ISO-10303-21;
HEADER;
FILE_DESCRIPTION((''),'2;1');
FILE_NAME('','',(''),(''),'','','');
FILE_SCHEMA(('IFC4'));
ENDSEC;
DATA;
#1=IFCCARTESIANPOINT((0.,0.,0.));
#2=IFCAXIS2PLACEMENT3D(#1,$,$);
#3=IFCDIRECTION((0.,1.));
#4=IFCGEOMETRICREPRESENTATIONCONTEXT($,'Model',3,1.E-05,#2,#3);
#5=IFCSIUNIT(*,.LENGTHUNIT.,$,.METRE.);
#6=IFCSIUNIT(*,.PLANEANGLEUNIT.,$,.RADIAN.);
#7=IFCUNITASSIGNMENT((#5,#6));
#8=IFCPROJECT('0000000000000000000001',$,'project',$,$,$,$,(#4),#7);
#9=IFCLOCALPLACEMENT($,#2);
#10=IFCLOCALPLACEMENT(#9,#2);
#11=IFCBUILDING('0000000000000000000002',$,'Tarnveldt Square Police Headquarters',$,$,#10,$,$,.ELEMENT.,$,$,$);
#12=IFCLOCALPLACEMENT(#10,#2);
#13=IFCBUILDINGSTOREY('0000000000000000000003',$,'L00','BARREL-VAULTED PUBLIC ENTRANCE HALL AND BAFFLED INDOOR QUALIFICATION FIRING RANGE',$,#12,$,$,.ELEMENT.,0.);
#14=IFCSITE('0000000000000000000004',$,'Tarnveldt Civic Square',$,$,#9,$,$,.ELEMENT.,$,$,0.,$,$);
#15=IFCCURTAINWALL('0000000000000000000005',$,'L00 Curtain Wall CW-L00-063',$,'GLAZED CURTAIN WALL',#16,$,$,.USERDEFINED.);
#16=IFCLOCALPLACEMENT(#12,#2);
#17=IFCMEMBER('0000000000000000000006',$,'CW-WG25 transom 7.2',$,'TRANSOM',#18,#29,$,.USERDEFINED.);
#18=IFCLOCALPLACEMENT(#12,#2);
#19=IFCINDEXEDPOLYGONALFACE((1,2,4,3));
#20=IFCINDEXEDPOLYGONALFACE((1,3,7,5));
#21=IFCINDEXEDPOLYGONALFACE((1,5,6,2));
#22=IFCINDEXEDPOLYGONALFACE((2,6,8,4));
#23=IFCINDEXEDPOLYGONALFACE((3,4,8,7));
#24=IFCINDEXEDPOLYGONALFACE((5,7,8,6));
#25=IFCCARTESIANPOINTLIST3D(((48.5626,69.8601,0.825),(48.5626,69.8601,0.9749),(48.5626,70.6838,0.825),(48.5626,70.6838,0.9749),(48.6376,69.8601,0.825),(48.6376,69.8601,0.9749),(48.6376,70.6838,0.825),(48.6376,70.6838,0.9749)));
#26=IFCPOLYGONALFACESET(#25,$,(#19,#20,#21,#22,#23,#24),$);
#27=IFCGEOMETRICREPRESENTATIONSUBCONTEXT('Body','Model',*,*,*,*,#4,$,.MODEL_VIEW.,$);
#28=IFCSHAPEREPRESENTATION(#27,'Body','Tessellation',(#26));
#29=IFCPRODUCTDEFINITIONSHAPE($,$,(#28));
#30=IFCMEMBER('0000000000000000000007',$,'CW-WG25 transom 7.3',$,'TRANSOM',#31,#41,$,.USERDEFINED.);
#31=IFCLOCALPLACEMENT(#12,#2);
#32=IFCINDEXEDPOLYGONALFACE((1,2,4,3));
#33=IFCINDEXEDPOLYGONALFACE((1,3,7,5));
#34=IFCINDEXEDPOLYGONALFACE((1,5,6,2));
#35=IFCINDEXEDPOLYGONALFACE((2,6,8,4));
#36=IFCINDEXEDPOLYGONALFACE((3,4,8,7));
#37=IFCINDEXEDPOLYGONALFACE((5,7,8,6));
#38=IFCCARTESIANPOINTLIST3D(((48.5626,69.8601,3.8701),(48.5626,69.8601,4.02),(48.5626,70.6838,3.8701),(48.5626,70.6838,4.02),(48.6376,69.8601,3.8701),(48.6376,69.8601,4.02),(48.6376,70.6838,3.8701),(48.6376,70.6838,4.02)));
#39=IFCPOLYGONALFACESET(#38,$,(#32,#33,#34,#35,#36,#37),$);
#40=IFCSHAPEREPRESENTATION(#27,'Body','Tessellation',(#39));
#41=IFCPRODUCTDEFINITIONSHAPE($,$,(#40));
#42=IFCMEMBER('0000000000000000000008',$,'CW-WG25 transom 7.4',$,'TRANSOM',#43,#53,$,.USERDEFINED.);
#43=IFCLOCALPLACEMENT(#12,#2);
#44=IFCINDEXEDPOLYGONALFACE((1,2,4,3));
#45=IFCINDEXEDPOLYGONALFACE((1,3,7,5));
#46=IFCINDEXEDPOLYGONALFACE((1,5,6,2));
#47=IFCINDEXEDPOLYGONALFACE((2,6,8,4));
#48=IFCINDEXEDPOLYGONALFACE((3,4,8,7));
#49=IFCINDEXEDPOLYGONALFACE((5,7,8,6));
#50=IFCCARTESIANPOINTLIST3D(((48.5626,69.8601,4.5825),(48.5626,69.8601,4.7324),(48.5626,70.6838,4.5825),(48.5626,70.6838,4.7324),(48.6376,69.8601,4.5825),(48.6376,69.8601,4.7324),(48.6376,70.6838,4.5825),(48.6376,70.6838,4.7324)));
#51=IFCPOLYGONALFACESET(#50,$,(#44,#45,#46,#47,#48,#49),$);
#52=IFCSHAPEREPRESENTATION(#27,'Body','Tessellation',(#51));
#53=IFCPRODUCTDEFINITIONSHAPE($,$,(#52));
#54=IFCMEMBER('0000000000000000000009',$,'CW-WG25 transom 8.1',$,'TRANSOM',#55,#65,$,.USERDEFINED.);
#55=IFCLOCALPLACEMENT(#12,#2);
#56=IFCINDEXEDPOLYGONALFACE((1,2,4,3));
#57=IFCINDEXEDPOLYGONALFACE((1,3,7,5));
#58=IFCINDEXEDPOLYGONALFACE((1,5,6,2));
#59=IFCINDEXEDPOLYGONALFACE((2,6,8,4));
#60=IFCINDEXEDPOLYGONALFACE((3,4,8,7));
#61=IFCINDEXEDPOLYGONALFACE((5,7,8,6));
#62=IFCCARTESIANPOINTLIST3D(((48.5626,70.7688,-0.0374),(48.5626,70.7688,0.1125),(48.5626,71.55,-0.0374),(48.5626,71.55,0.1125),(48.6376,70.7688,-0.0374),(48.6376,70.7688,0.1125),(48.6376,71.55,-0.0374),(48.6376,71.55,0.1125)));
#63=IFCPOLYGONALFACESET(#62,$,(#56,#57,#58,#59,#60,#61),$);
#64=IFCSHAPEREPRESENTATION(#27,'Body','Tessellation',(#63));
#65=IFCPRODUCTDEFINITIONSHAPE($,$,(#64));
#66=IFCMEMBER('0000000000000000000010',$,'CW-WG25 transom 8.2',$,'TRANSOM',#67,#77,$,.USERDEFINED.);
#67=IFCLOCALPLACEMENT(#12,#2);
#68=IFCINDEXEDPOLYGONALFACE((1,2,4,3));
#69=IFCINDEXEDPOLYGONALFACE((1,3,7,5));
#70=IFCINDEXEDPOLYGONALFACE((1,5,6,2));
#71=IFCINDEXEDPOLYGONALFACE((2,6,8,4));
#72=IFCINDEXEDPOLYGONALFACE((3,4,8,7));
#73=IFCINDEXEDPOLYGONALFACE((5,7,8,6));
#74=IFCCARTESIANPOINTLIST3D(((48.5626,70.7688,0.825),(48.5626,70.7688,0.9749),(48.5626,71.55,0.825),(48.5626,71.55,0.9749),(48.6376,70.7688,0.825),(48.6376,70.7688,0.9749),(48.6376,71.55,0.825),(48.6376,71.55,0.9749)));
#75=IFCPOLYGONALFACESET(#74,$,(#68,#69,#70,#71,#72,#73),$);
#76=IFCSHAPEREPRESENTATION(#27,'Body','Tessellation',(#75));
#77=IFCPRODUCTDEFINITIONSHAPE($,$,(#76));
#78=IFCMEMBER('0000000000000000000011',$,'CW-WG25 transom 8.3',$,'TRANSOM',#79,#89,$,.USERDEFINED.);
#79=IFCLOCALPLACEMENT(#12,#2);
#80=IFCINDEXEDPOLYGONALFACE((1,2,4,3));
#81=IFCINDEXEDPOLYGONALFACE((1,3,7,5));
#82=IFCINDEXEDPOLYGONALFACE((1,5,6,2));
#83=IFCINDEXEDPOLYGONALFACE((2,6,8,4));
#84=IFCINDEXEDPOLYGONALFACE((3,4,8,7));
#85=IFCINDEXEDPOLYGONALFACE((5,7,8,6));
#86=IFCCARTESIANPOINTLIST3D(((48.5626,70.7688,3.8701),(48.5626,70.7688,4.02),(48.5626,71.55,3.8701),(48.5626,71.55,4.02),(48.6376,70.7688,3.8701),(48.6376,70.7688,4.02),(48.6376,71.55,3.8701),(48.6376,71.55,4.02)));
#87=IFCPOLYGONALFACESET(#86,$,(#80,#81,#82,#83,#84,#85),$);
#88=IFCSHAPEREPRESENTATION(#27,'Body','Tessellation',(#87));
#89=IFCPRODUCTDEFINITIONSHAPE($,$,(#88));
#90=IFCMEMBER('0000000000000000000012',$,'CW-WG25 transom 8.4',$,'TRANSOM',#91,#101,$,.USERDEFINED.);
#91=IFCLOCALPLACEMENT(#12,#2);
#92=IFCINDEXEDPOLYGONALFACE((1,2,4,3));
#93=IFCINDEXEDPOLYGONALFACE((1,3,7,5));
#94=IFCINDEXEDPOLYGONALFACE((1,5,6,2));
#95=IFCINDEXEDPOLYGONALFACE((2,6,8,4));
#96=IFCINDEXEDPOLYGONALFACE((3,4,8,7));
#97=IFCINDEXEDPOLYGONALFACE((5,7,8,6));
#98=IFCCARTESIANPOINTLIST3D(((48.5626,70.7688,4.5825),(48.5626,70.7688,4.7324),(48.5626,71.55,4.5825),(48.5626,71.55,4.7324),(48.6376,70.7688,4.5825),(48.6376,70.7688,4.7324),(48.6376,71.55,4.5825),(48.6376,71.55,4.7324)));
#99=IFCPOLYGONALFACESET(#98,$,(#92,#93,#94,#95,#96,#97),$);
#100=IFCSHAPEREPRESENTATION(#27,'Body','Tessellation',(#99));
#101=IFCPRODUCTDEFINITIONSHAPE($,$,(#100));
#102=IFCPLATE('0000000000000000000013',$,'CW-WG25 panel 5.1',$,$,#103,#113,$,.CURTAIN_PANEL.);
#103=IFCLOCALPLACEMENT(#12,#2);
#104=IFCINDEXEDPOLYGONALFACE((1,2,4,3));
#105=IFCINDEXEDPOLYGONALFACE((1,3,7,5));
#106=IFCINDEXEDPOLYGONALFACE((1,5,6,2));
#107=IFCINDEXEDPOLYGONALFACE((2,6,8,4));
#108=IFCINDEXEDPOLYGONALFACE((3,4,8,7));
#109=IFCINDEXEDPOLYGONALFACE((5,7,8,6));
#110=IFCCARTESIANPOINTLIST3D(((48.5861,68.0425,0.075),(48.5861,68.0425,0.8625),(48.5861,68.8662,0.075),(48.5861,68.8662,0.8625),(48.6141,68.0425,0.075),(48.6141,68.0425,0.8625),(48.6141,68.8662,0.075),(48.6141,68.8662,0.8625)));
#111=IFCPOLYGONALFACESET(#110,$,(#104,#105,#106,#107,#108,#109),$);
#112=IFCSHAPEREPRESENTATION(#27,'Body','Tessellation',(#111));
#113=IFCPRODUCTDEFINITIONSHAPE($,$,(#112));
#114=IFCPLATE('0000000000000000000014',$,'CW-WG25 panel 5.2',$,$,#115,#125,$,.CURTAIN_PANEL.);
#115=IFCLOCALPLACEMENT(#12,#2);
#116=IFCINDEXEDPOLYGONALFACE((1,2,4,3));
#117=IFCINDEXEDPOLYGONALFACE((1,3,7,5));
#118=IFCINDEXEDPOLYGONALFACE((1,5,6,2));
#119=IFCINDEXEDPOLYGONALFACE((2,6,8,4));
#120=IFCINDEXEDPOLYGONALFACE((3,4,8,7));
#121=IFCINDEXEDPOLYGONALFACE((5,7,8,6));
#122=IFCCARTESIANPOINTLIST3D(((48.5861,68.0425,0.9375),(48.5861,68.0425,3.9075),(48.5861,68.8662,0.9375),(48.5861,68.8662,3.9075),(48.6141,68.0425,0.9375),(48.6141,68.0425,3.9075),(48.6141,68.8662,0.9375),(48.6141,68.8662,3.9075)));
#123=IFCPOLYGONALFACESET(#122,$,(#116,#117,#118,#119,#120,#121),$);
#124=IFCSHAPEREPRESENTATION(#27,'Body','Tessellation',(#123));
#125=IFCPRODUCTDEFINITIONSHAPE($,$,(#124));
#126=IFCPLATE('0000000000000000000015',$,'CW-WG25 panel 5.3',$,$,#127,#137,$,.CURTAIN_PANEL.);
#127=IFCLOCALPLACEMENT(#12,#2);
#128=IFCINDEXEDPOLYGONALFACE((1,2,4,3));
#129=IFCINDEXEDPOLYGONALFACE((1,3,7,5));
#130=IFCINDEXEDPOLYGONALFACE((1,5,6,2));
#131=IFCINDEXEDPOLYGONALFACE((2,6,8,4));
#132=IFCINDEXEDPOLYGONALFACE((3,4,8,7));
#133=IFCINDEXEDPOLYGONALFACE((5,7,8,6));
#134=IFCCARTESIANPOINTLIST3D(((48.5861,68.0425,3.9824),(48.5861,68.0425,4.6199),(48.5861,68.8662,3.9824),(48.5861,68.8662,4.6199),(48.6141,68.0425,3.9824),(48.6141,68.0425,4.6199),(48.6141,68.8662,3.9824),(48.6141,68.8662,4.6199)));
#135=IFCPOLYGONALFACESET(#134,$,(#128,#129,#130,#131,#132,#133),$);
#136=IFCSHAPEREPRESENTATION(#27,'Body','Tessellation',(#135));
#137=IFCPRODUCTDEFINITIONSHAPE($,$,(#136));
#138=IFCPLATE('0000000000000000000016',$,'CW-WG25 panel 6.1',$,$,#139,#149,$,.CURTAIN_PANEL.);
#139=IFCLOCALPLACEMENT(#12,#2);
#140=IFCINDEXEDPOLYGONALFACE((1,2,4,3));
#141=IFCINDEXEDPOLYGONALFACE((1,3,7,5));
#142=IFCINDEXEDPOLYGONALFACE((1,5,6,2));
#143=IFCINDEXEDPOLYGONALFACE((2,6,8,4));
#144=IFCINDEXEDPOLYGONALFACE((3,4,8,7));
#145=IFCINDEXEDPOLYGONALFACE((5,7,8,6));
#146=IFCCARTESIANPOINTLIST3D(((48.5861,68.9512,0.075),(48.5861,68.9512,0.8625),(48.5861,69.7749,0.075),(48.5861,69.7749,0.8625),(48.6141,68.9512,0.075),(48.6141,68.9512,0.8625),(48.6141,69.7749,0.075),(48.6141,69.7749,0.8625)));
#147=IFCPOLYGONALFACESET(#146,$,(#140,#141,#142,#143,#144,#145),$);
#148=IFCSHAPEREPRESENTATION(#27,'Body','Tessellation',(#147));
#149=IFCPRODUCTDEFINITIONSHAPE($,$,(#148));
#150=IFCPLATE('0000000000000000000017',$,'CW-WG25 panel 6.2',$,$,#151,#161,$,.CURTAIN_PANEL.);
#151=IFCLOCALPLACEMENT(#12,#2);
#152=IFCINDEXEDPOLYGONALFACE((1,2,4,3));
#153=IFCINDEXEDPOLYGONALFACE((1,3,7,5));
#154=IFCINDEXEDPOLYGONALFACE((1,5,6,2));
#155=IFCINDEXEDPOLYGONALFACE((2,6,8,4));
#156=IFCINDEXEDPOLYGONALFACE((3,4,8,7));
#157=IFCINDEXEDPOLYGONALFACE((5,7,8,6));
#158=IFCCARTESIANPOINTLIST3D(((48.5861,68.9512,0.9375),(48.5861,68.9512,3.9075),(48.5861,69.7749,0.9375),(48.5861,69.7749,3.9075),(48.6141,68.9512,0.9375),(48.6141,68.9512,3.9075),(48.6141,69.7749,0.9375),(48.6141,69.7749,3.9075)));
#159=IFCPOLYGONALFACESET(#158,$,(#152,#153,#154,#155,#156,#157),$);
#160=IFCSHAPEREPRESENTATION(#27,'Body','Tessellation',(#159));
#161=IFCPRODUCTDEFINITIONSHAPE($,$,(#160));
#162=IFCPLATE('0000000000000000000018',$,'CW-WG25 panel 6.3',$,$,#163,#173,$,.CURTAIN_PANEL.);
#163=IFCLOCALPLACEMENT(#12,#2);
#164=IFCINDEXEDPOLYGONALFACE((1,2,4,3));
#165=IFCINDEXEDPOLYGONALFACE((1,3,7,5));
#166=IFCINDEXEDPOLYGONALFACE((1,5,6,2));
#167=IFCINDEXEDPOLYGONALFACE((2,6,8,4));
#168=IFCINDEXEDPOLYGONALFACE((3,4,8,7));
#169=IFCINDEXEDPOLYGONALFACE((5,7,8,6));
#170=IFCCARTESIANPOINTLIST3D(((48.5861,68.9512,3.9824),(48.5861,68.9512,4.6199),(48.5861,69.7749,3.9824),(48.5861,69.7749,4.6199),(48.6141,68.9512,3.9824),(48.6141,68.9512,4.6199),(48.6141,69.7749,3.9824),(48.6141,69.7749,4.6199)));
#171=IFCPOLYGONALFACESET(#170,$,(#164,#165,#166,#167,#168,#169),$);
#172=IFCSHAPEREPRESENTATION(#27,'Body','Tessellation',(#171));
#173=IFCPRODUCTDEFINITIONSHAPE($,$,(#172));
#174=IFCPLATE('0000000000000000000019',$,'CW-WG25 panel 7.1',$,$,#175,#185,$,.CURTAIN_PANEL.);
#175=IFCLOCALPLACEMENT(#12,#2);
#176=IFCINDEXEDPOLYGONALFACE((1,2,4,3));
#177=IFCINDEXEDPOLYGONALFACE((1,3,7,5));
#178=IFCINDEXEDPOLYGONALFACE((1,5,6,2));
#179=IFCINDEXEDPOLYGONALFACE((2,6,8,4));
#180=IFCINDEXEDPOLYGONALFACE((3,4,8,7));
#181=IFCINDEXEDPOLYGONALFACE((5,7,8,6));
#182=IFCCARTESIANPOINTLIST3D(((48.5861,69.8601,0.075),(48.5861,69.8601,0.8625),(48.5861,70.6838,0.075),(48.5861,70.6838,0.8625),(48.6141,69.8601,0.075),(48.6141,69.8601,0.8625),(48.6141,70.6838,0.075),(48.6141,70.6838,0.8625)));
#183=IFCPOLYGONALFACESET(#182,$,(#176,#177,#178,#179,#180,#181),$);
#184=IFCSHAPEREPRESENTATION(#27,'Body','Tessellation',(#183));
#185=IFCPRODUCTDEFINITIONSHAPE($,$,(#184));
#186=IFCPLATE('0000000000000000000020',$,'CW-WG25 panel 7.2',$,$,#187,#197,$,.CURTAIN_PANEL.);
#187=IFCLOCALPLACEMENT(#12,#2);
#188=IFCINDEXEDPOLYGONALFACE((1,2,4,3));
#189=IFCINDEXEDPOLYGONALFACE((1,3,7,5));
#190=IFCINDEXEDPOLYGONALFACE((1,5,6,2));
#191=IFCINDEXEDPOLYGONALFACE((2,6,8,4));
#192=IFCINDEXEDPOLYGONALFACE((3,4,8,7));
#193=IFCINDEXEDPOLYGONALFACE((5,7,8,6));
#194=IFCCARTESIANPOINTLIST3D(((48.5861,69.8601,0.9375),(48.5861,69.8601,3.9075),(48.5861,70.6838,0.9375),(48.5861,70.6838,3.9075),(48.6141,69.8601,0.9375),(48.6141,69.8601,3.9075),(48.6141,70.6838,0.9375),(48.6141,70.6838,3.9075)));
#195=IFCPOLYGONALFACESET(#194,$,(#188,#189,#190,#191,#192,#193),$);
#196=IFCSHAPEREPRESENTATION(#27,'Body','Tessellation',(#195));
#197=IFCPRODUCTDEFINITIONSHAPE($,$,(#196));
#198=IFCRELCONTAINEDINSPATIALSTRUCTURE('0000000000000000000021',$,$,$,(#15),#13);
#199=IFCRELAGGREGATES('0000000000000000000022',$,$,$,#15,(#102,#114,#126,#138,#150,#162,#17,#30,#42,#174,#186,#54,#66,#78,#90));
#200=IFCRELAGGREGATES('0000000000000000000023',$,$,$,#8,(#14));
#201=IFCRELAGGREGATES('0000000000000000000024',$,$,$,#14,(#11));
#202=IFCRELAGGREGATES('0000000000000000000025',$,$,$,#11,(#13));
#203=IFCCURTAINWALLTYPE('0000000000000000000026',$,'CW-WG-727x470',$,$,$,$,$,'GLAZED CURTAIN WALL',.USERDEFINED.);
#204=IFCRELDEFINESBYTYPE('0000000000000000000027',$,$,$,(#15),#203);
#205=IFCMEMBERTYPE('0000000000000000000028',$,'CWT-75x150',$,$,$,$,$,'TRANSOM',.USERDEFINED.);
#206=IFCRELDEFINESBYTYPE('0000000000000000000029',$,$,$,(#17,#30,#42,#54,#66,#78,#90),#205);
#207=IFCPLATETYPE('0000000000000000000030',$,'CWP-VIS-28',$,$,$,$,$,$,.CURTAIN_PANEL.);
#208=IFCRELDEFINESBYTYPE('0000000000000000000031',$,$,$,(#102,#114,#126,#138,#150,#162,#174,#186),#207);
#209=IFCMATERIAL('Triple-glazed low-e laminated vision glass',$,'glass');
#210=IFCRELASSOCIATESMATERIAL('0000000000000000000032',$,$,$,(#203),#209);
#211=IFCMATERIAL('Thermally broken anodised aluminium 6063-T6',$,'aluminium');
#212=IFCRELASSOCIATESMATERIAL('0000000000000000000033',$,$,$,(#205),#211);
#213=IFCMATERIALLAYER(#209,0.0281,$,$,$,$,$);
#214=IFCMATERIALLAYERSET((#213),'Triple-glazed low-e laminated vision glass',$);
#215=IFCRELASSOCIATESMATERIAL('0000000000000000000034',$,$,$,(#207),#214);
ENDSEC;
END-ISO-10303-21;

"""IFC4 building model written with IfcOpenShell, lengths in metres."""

from ifc_helpers import new_model, si_unit, direction, frame, origin, origin_2d, place, context, subcontext, project, spatial, rectangle, extrude, material, layer, layer_set, material_profile, profile_set, type_object, element, aggregate, save


model = new_model("IFC4")

# Units and contexts
model_context = context("Model", 3, precision=1e-05, world=origin(), true_north=direction((0.0, 1.0)))
body_context = subcontext(model_context, "Body", "Model", "MODEL_VIEW")
ifc_project = project(units=[si_unit("LENGTHUNIT", "METRE"), si_unit("PLANEANGLEUNIT", "RADIAN")], contexts=[model_context])

# Site, building, storey
site_placement = place(None, origin())
site = spatial("IfcSite", under=ifc_project, at=site_placement, Name="Tarnveldt Civic Square", CompositionType="ELEMENT", RefElevation=0.0)
building_placement = place(site_placement, origin())
building = spatial("IfcBuilding", under=site, at=building_placement, Name="Tarnveldt Square Police Headquarters", CompositionType="ELEMENT")
storey_placement = place(building_placement, origin())
storey = spatial("IfcBuildingStorey", under=building, at=storey_placement, Name="L00", Description="BARREL-VAULTED PUBLIC ENTRANCE HALL AND BAFFLED INDOOR QUALIFICATION FIRING RANGE", CompositionType="ELEMENT", Elevation=0.0)

# Curtain wall, members, plates
ifc_material_1 = material(Name="Triple-glazed low-e laminated vision glass", Category="glass")
curtain_wall_type = type_object("IfcCurtainWallType", Name="CW-WG-727x470", ElementType="GLAZED CURTAIN WALL", PredefinedType="USERDEFINED", material=ifc_material_1)
curtain_wall_placement = place(storey_placement, origin())
curtain_wall = element("IfcCurtainWall", 1, at=curtain_wall_placement, inside=storey, type_object=curtain_wall_type, Name="L00 Curtain Wall CW-L00-063", ObjectType="GLAZED CURTAIN WALL", PredefinedType="USERDEFINED")
ifc_material_2 = material(Name="Thermally broken anodised aluminium 6063-T6", Category="aluminium")
ifc_material_profile_1 = material_profile(ifc_material_2, rectangle(XDim=0.075, YDim=0.1499, at=origin_2d()), Name="CW-T75x150")
ifc_profile_set_1 = profile_set([ifc_material_profile_1], Name="Thermally broken anodised aluminium 6063-T6")
member_type_1 = type_object("IfcMemberType", Name="CWT-75x150", ElementType="TRANSOM", PredefinedType="USERDEFINED", material=ifc_profile_set_1)
member_1_placement = place(storey_placement, frame((48.6001, 69.8601, 0.8999), z_axis=(0.0, 1.0, 0.0), x_axis=(-1.0, 0.0, 0.0)))
member_1 = element("IfcMember", 2, at=member_1_placement, type_object=member_type_1, Name="CW-WG25 transom 7.2", ObjectType="TRANSOM", PredefinedType="USERDEFINED", context=body_context, shape_type="SweptSolid", body=[
    extrude(rectangle(XDim=0.075, YDim=0.1499, at=origin_2d()), origin(), (0.0, 0.0, 1.0), 0.8237),
])
member_2_placement = place(storey_placement, frame((48.6001, 69.8601, 3.9451), z_axis=(0.0, 1.0, 0.0), x_axis=(-1.0, 0.0, 0.0)))
member_2 = element("IfcMember", 3, at=member_2_placement, type_object=member_type_1, Name="CW-WG25 transom 7.3", ObjectType="TRANSOM", PredefinedType="USERDEFINED", context=body_context, shape_type="SweptSolid", body=[
    extrude(rectangle(XDim=0.075, YDim=0.1499, at=origin_2d()), origin(), (0.0, 0.0, 1.0), 0.8237),
])
member_3_placement = place(storey_placement, frame((48.6001, 69.8601, 4.6575), z_axis=(0.0, 1.0, 0.0), x_axis=(-1.0, 0.0, 0.0)))
member_3 = element("IfcMember", 4, at=member_3_placement, type_object=member_type_1, Name="CW-WG25 transom 7.4", ObjectType="TRANSOM", PredefinedType="USERDEFINED", context=body_context, shape_type="SweptSolid", body=[
    extrude(rectangle(XDim=0.075, YDim=0.1499, at=origin_2d()), origin(), (0.0, 0.0, 1.0), 0.8237),
])
member_4_placement = place(storey_placement, frame((48.6001, 70.7688, 0.0376), z_axis=(0.0, 1.0, 0.0), x_axis=(-1.0, 0.0, 0.0)))
member_4 = element("IfcMember", 5, at=member_4_placement, type_object=member_type_1, Name="CW-WG25 transom 8.1", ObjectType="TRANSOM", PredefinedType="USERDEFINED", context=body_context, shape_type="SweptSolid", body=[
    extrude(rectangle(XDim=0.075, YDim=0.1499, at=origin_2d()), origin(), (0.0, 0.0, 1.0), 0.7812),
])
member_5_placement = place(storey_placement, frame((48.6001, 70.7688, 0.8999), z_axis=(0.0, 1.0, 0.0), x_axis=(-1.0, 0.0, 0.0)))
member_5 = element("IfcMember", 6, at=member_5_placement, type_object=member_type_1, Name="CW-WG25 transom 8.2", ObjectType="TRANSOM", PredefinedType="USERDEFINED", context=body_context, shape_type="SweptSolid", body=[
    extrude(rectangle(XDim=0.075, YDim=0.1499, at=origin_2d()), origin(), (0.0, 0.0, 1.0), 0.7812),
])
member_6_placement = place(storey_placement, frame((48.6001, 70.7688, 3.9451), z_axis=(0.0, 1.0, 0.0), x_axis=(-1.0, 0.0, 0.0)))
member_6 = element("IfcMember", 7, at=member_6_placement, type_object=member_type_1, Name="CW-WG25 transom 8.3", ObjectType="TRANSOM", PredefinedType="USERDEFINED", context=body_context, shape_type="SweptSolid", body=[
    extrude(rectangle(XDim=0.075, YDim=0.1499, at=origin_2d()), origin(), (0.0, 0.0, 1.0), 0.7812),
])
member_7_placement = place(storey_placement, frame((48.6001, 70.7688, 4.6575), z_axis=(0.0, 1.0, 0.0), x_axis=(-1.0, 0.0, 0.0)))
member_7 = element("IfcMember", 8, at=member_7_placement, type_object=member_type_1, Name="CW-WG25 transom 8.4", ObjectType="TRANSOM", PredefinedType="USERDEFINED", context=body_context, shape_type="SweptSolid", body=[
    extrude(rectangle(XDim=0.075, YDim=0.1499, at=origin_2d()), origin(), (0.0, 0.0, 1.0), 0.7812),
])
ifc_layer = layer(ifc_material_1, 0.0281)
ifc_layer_set = layer_set([ifc_layer], Name="Triple-glazed low-e laminated vision glass")
plate_type = type_object("IfcPlateType", Name="CWP-VIS-28", PredefinedType="CURTAIN_PANEL", material=ifc_layer_set)
plate_1_placement = place(storey_placement, frame((48.6001, 68.4543, 0.075), z_axis=(0.0, 0.0, 1.0), x_axis=(0.0, 1.0, 0.0)))
plate_1 = element("IfcPlate", 9, at=plate_1_placement, type_object=plate_type, Name="CW-WG25 panel 5.1", PredefinedType="CURTAIN_PANEL", context=body_context, shape_type="SweptSolid", body=[
    extrude(rectangle(XDim=0.8237, YDim=0.0281, at=origin_2d()), origin(), (0.0, 0.0, 1.0), 0.7876),
])
plate_2_placement = place(storey_placement, frame((48.6001, 68.4543, 0.9375), z_axis=(0.0, 0.0, 1.0), x_axis=(0.0, 1.0, 0.0)))
plate_2 = element("IfcPlate", 10, at=plate_2_placement, type_object=plate_type, Name="CW-WG25 panel 5.2", PredefinedType="CURTAIN_PANEL", context=body_context, shape_type="SweptSolid", body=[
    extrude(rectangle(XDim=0.8237, YDim=0.0281, at=origin_2d()), origin(), (0.0, 0.0, 1.0), 2.97),
])
plate_3_placement = place(storey_placement, frame((48.6001, 68.4543, 3.9824), z_axis=(0.0, 0.0, 1.0), x_axis=(0.0, 1.0, 0.0)))
plate_3 = element("IfcPlate", 11, at=plate_3_placement, type_object=plate_type, Name="CW-WG25 panel 5.3", PredefinedType="CURTAIN_PANEL", context=body_context, shape_type="SweptSolid", body=[
    extrude(rectangle(XDim=0.8237, YDim=0.0281, at=origin_2d()), origin(), (0.0, 0.0, 1.0), 0.6375),
])
plate_4_placement = place(storey_placement, frame((48.6001, 69.363, 0.075), z_axis=(0.0, 0.0, 1.0), x_axis=(0.0, 1.0, 0.0)))
plate_4 = element("IfcPlate", 12, at=plate_4_placement, type_object=plate_type, Name="CW-WG25 panel 6.1", PredefinedType="CURTAIN_PANEL", context=body_context, shape_type="SweptSolid", body=[
    extrude(rectangle(XDim=0.8237, YDim=0.0281, at=origin_2d()), origin(), (0.0, 0.0, 1.0), 0.7876),
])
plate_5_placement = place(storey_placement, frame((48.6001, 69.363, 0.9375), z_axis=(0.0, 0.0, 1.0), x_axis=(0.0, 1.0, 0.0)))
plate_5 = element("IfcPlate", 13, at=plate_5_placement, type_object=plate_type, Name="CW-WG25 panel 6.2", PredefinedType="CURTAIN_PANEL", context=body_context, shape_type="SweptSolid", body=[
    extrude(rectangle(XDim=0.8237, YDim=0.0281, at=origin_2d()), origin(), (0.0, 0.0, 1.0), 2.97),
])
plate_6_placement = place(storey_placement, frame((48.6001, 69.363, 3.9824), z_axis=(0.0, 0.0, 1.0), x_axis=(0.0, 1.0, 0.0)))
plate_6 = element("IfcPlate", 14, at=plate_6_placement, type_object=plate_type, Name="CW-WG25 panel 6.3", PredefinedType="CURTAIN_PANEL", context=body_context, shape_type="SweptSolid", body=[
    extrude(rectangle(XDim=0.8237, YDim=0.0281, at=origin_2d()), origin(), (0.0, 0.0, 1.0), 0.6375),
])
plate_7_placement = place(storey_placement, frame((48.6001, 70.272, 0.075), z_axis=(0.0, 0.0, 1.0), x_axis=(0.0, 1.0, 0.0)))
plate_7 = element("IfcPlate", 15, at=plate_7_placement, type_object=plate_type, Name="CW-WG25 panel 7.1", PredefinedType="CURTAIN_PANEL", context=body_context, shape_type="SweptSolid", body=[
    extrude(rectangle(XDim=0.8237, YDim=0.0281, at=origin_2d()), origin(), (0.0, 0.0, 1.0), 0.7876),
])
plate_8_placement = place(storey_placement, frame((48.6001, 70.272, 0.9375), z_axis=(0.0, 0.0, 1.0), x_axis=(0.0, 1.0, 0.0)))
plate_8 = element("IfcPlate", 16, at=plate_8_placement, type_object=plate_type, Name="CW-WG25 panel 7.2", PredefinedType="CURTAIN_PANEL", context=body_context, shape_type="SweptSolid", body=[
    extrude(rectangle(XDim=0.8237, YDim=0.0281, at=origin_2d()), origin(), (0.0, 0.0, 1.0), 2.97),
])
aggregate(curtain_wall, [plate_1, plate_2, plate_3, plate_4, plate_5, plate_6, member_1, member_2, member_3, plate_7, plate_8, member_4, member_5, member_6, member_7])

save(model, "model.ifc")
